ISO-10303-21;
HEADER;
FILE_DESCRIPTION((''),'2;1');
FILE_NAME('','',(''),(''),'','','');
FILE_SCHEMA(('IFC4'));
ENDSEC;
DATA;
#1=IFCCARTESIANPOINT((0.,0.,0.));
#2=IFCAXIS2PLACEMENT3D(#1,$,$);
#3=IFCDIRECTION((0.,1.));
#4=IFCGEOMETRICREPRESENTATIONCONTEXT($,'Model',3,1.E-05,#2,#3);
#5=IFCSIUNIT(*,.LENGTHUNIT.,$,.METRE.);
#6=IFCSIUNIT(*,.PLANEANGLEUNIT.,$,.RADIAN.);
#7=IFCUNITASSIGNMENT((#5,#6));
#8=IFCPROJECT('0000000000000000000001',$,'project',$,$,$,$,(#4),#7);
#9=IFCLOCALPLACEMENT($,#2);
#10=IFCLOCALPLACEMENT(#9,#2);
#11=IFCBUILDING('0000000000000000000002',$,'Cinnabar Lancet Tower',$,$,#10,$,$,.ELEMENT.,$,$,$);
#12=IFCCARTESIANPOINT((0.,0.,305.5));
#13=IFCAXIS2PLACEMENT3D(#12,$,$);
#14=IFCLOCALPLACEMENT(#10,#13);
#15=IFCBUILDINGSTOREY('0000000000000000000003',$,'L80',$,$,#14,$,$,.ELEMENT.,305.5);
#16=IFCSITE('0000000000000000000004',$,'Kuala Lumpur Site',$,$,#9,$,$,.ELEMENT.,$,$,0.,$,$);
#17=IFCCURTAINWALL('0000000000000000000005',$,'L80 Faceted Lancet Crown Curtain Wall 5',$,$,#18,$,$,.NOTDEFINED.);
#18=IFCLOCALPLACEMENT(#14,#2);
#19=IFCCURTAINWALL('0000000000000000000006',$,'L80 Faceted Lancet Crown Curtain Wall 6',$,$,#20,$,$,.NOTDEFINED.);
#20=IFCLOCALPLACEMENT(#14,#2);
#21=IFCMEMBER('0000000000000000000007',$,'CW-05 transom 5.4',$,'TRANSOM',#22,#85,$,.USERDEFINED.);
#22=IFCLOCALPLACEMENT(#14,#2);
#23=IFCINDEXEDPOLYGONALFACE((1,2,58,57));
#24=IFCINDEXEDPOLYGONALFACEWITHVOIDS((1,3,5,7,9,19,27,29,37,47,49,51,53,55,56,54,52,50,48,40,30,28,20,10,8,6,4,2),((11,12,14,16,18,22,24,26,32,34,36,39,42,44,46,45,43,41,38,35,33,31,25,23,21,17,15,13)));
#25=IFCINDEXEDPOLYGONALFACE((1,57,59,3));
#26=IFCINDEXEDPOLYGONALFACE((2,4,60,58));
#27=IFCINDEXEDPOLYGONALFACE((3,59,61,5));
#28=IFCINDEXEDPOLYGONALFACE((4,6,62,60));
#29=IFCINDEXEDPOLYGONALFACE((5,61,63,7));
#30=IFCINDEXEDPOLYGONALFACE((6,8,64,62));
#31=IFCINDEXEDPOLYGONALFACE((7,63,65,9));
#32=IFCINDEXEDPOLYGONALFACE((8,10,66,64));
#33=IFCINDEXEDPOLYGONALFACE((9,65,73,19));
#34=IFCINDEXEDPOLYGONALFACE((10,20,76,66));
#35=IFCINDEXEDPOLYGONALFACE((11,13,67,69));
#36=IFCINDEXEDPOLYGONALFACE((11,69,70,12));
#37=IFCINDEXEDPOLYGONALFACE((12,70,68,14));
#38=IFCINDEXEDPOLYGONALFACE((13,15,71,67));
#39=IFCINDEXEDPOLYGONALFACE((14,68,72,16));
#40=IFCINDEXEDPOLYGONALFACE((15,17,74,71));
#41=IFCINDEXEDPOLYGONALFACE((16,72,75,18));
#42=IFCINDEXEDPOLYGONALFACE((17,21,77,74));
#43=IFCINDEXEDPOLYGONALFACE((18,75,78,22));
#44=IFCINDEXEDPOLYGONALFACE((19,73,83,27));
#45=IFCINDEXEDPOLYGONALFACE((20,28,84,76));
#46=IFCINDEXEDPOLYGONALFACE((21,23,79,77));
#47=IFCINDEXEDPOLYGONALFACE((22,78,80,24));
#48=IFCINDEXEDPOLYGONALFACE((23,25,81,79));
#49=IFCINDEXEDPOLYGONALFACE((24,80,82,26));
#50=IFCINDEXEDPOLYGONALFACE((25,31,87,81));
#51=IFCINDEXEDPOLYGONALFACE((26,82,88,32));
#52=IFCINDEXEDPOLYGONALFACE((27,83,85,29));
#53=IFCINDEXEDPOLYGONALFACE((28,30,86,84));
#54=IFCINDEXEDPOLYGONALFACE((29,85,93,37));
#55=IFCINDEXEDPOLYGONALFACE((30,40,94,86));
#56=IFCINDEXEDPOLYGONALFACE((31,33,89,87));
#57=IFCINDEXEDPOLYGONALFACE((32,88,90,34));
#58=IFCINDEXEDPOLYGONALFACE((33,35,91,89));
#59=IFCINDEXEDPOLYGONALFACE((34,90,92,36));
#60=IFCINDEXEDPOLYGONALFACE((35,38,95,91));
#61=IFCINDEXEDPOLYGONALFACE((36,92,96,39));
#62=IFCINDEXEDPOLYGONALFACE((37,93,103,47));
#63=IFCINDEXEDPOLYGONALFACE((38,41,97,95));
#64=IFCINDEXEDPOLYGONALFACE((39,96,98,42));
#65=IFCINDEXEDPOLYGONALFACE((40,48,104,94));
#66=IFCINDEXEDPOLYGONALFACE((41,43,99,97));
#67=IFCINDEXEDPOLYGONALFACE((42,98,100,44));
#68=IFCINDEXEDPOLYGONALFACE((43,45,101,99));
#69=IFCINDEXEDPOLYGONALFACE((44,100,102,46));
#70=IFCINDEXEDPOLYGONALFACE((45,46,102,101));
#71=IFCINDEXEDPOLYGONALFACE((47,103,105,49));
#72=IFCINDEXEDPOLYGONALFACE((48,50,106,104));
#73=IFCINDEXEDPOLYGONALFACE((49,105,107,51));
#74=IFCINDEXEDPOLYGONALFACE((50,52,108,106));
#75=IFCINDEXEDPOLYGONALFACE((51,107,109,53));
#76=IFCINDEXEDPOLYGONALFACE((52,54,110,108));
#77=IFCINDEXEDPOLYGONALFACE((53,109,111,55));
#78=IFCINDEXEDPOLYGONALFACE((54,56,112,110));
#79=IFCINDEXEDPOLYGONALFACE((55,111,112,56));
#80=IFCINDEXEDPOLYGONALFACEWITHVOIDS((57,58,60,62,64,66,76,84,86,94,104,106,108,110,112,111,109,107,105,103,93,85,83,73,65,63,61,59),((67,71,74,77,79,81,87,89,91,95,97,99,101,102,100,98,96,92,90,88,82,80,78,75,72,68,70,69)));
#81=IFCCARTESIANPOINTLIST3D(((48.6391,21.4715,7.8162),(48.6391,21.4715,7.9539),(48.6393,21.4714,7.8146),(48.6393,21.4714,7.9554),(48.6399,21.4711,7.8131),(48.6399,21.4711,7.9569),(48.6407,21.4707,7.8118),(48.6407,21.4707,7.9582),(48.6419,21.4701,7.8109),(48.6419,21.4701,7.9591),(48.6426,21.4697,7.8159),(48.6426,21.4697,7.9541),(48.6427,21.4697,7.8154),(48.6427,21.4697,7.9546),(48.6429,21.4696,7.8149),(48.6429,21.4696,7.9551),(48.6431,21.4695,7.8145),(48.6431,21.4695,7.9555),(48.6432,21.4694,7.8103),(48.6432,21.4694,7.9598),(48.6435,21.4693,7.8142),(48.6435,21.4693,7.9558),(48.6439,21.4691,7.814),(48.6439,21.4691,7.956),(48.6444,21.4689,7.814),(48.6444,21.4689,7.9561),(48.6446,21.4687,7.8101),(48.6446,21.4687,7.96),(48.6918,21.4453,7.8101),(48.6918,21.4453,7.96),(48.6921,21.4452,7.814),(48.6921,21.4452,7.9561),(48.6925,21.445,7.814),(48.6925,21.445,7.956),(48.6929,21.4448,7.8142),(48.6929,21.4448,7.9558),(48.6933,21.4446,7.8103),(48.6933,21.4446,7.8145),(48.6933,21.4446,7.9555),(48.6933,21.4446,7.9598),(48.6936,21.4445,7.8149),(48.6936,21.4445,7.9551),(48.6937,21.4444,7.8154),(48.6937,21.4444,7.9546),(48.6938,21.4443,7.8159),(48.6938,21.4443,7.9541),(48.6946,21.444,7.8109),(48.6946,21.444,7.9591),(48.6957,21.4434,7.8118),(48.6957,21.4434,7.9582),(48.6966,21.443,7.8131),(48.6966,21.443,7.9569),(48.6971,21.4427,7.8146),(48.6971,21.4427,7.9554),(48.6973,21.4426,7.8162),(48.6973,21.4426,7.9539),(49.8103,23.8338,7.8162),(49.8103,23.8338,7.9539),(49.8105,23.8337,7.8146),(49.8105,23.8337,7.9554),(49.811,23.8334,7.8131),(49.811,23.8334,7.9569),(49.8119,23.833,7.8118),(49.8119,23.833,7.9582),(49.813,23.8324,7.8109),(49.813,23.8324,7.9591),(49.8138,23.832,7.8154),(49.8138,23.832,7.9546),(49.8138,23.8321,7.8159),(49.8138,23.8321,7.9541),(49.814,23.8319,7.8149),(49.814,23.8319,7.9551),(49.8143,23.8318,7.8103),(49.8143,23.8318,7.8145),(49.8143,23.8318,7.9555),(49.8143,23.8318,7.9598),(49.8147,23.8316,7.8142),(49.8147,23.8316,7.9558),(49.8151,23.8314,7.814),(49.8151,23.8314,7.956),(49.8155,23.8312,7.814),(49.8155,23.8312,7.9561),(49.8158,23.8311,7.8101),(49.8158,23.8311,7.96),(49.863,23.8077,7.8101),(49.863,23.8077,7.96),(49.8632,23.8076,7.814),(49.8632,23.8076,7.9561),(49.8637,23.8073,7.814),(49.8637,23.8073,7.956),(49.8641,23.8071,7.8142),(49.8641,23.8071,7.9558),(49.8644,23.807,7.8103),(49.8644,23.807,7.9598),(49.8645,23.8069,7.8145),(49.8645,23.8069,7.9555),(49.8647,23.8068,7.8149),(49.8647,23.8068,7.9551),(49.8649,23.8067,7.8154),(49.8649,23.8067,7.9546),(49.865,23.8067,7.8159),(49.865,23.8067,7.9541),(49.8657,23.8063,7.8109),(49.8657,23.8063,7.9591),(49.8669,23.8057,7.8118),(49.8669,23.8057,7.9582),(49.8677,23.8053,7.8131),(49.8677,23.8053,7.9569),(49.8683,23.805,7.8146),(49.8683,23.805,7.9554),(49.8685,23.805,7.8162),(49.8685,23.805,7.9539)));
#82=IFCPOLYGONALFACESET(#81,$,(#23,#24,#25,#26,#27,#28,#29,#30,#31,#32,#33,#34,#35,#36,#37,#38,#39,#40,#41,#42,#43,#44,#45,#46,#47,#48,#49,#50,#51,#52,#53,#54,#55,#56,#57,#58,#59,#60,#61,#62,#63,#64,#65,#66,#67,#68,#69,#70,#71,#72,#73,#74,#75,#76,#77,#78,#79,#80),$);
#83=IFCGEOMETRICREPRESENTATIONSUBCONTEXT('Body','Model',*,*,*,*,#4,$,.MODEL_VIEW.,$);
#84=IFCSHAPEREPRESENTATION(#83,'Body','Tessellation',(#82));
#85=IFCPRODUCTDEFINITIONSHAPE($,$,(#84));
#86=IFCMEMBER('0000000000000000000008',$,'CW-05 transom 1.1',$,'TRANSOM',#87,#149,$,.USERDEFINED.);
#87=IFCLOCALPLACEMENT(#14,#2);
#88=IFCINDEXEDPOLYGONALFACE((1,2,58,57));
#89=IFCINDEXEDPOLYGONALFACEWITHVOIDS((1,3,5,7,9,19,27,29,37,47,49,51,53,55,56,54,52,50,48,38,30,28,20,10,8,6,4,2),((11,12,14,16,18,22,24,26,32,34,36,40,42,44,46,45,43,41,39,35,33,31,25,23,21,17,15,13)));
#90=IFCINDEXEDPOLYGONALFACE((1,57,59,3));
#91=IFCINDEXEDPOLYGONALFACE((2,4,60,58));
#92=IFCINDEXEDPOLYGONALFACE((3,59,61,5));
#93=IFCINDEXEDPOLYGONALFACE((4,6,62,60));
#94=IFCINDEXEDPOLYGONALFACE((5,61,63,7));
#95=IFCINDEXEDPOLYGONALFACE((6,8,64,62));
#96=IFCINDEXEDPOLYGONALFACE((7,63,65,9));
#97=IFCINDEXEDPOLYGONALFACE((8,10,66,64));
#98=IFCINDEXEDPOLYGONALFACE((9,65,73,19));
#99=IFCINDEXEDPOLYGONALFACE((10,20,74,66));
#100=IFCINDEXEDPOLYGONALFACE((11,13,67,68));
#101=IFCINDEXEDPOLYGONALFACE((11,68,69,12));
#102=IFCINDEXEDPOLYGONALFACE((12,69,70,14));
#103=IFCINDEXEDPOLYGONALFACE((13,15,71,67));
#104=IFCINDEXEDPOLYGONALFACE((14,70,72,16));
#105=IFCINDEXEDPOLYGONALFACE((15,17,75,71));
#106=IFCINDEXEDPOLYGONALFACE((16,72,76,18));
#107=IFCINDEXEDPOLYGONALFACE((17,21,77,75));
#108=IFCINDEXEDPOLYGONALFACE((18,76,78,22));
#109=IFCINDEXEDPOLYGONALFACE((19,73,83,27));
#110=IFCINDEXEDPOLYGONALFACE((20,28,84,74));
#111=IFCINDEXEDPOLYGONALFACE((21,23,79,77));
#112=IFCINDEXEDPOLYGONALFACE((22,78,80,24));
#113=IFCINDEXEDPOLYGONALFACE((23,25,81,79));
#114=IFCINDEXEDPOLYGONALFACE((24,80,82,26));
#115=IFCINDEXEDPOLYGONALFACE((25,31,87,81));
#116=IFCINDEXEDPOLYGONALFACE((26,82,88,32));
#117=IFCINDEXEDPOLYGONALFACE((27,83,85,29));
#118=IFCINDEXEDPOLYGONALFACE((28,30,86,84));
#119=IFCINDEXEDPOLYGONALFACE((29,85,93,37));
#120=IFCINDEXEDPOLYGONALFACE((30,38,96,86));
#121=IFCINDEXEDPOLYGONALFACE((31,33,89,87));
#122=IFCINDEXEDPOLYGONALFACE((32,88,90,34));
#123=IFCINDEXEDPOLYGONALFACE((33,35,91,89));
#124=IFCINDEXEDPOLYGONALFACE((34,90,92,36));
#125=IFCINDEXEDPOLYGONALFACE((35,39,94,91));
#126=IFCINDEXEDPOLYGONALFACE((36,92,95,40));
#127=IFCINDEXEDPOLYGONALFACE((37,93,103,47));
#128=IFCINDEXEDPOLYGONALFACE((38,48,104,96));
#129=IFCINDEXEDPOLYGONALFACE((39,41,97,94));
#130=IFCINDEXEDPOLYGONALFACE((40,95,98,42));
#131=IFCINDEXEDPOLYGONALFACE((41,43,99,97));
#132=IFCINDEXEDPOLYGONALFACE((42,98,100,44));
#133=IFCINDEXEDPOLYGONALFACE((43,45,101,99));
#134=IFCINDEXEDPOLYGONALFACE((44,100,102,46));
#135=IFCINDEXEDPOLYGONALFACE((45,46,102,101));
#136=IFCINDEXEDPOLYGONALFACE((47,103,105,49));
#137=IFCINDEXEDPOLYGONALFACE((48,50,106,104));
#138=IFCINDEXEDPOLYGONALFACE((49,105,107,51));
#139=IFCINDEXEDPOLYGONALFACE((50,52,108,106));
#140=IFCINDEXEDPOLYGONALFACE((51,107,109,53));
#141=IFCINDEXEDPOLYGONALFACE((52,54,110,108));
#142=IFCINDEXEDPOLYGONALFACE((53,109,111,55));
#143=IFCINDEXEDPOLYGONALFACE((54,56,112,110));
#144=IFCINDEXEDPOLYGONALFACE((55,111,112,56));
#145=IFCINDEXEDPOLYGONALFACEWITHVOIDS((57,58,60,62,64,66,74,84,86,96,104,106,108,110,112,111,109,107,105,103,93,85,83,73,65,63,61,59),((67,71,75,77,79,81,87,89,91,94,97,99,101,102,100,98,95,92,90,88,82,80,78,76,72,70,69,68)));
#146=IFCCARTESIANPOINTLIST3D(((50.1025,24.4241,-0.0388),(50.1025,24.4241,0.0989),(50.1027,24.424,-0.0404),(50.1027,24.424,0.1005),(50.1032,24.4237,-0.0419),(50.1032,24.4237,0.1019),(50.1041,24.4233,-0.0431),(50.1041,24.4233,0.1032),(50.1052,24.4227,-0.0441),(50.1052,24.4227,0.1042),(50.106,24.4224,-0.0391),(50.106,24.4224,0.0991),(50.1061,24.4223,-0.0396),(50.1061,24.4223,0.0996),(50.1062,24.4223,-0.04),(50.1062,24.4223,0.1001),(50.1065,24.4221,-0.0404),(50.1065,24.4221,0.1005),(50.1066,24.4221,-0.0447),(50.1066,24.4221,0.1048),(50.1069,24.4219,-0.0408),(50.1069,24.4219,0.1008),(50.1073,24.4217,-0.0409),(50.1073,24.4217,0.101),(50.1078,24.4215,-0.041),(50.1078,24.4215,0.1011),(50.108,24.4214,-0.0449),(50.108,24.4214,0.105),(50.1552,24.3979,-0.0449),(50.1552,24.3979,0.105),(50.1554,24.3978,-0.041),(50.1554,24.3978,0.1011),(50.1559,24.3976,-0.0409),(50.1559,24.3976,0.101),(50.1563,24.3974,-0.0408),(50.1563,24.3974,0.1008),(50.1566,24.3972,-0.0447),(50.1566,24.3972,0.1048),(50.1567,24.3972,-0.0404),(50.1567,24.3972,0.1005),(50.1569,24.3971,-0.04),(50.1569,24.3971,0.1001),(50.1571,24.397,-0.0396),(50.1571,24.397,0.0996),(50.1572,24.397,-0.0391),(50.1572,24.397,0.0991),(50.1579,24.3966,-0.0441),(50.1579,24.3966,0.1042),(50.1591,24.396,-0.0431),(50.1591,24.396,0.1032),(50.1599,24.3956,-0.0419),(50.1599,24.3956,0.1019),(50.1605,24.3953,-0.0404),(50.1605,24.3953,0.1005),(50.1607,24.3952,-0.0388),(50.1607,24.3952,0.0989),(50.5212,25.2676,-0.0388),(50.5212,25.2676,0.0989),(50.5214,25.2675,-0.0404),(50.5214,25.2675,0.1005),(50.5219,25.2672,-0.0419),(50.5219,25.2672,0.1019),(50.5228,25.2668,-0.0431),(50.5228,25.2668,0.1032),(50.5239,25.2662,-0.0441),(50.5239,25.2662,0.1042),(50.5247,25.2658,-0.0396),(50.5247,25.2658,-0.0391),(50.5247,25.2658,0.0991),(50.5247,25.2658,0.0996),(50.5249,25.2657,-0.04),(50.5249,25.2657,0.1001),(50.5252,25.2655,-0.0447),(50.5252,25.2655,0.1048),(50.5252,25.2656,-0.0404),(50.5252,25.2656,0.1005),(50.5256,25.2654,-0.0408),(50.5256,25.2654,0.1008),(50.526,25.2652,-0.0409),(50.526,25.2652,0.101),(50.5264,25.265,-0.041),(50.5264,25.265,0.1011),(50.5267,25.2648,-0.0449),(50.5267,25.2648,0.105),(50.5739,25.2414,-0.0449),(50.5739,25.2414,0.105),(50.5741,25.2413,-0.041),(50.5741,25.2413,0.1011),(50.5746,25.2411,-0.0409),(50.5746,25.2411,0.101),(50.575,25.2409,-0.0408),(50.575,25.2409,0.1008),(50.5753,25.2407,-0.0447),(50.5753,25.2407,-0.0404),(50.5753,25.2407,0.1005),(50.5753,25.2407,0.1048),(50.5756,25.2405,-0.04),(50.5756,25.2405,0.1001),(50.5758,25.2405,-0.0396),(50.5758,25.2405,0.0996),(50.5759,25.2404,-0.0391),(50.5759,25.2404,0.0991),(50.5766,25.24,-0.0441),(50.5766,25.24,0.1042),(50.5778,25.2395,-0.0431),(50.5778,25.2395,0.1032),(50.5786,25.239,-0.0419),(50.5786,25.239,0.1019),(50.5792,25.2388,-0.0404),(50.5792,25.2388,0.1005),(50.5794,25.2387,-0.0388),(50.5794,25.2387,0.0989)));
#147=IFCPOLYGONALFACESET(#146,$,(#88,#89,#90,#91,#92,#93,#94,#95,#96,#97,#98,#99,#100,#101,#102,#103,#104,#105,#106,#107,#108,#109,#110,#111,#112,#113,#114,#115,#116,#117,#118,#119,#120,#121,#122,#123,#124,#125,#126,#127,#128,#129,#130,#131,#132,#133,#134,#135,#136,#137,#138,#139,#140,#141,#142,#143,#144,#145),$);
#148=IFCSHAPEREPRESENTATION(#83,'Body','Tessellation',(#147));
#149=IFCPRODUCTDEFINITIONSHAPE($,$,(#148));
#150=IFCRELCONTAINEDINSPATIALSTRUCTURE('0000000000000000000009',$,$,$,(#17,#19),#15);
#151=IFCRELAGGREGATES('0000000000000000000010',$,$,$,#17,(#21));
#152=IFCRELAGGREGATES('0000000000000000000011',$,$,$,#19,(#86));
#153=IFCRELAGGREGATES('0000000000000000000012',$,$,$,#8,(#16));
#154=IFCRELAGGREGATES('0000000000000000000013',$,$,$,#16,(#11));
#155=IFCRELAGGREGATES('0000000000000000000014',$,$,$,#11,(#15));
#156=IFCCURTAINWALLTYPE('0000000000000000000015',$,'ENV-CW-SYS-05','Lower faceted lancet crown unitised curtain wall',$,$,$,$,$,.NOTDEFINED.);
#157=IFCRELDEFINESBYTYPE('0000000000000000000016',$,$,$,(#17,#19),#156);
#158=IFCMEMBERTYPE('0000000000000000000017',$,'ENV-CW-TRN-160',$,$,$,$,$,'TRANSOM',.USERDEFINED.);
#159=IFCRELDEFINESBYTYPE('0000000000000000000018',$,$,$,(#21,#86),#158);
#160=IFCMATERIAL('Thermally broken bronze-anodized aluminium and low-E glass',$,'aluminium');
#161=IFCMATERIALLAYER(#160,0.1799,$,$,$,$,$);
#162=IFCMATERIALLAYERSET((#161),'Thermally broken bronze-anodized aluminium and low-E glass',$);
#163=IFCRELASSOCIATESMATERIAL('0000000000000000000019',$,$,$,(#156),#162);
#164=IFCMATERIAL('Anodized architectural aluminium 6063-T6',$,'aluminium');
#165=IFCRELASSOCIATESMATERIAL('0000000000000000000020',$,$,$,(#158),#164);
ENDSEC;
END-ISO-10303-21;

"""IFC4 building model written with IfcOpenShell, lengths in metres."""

from ifc_helpers import new_model, si_unit, direction, frame, origin, origin_2d, place, context, subcontext, project, spatial, hollow_rectangle, extrude, material, layer, layer_set, material_profile, profile_set, type_object, element, aggregate, save


model = new_model("IFC4")

# Units and contexts
model_context = context("Model", 3, precision=1e-05, world=origin(), true_north=direction((0.0, 1.0)))
body_context = subcontext(model_context, "Body", "Model", "MODEL_VIEW")
ifc_project = project(units=[si_unit("LENGTHUNIT", "METRE"), si_unit("PLANEANGLEUNIT", "RADIAN")], contexts=[model_context])

# Site, building, storey
site_placement = place(None, origin())
site = spatial("IfcSite", under=ifc_project, at=site_placement, Name="Kuala Lumpur Site", CompositionType="ELEMENT", RefElevation=0.0)
building_placement = place(site_placement, origin())
building = spatial("IfcBuilding", under=site, at=building_placement, Name="Cinnabar Lancet Tower", CompositionType="ELEMENT")
storey_placement = place(building_placement, frame((0.0, 0.0, 305.5)))
storey = spatial("IfcBuildingStorey", under=building, at=storey_placement, Name="L80", CompositionType="ELEMENT", Elevation=305.5)

# Curtain walls
ifc_material_1 = material(Name="Thermally broken bronze-anodized aluminium and low-E glass", Category="aluminium")
ifc_layer_1 = layer(ifc_material_1, 0.1799)
ifc_layer_set_1 = layer_set([ifc_layer_1], Name="Thermally broken bronze-anodized aluminium and low-E glass")
curtain_wall_type = type_object("IfcCurtainWallType", Name="ENV-CW-SYS-05", Description="Lower faceted lancet crown unitised curtain wall", PredefinedType="NOTDEFINED", material=ifc_layer_set_1)
curtain_wall_1_placement = place(storey_placement, origin())
curtain_wall_1 = element("IfcCurtainWall", 1, at=curtain_wall_1_placement, inside=storey, type_object=curtain_wall_type, Name="L80 Faceted Lancet Crown Curtain Wall 5", PredefinedType="NOTDEFINED")
curtain_wall_2_placement = place(storey_placement, origin())
curtain_wall_2 = element("IfcCurtainWall", 2, at=curtain_wall_2_placement, inside=storey, type_object=curtain_wall_type, Name="L80 Faceted Lancet Crown Curtain Wall 6", PredefinedType="NOTDEFINED")

# Members
ifc_material_2 = material(Name="Anodized architectural aluminium 6063-T6", Category="aluminium")
ifc_material_profile_1 = material_profile(ifc_material_2, hollow_rectangle(XDim=0.0649, YDim=0.1499, WallThickness=0.0039, InnerFilletRadius=0.002, OuterFilletRadius=0.0061, at=origin_2d()), Name="CW-TRN 150x65x4")
ifc_profile_set_1 = profile_set([ifc_material_profile_1], Name="Anodized architectural aluminium 6063-T6")
member_type_1 = type_object("IfcMemberType", Name="ENV-CW-TRN-160", ElementType="TRANSOM", PredefinedType="USERDEFINED", material=ifc_profile_set_1)
member_1_placement = place(storey_placement, frame((48.6682, 21.457, 7.885), z_axis=(0.444174, 0.895941, 0.0), x_axis=(-0.895941, 0.444174, 0.0)))
member_1 = element("IfcMember", 3, at=member_1_placement, type_object=member_type_1, Name="CW-05 transom 5.4", ObjectType="TRANSOM", PredefinedType="USERDEFINED", context=body_context, shape_type="SweptSolid", body=[
    extrude(hollow_rectangle(XDim=0.0649, YDim=0.1499, WallThickness=0.0039, InnerFilletRadius=0.002, OuterFilletRadius=0.0061, at=origin_2d()), origin(), (0.0, 0.0, 1.0), 2.6367),
])
member_2_placement = place(storey_placement, frame((50.1316, 24.4097, 0.03), z_axis=(0.444619, 0.89572, 0.0), x_axis=(-0.89572, 0.444619, 0.0)))
member_2 = element("IfcMember", 4, at=member_2_placement, type_object=member_type_1, Name="CW-05 transom 1.1", ObjectType="TRANSOM", PredefinedType="USERDEFINED", context=body_context, shape_type="SweptSolid", body=[
    extrude(hollow_rectangle(XDim=0.0649, YDim=0.1499, WallThickness=0.0039, InnerFilletRadius=0.002, OuterFilletRadius=0.0061, at=origin_2d()), origin(), (0.0, 0.0, 1.0), 0.9417),
])

aggregate(curtain_wall_1, [member_1])
aggregate(curtain_wall_2, [member_2])

save(model, "model.ifc")
